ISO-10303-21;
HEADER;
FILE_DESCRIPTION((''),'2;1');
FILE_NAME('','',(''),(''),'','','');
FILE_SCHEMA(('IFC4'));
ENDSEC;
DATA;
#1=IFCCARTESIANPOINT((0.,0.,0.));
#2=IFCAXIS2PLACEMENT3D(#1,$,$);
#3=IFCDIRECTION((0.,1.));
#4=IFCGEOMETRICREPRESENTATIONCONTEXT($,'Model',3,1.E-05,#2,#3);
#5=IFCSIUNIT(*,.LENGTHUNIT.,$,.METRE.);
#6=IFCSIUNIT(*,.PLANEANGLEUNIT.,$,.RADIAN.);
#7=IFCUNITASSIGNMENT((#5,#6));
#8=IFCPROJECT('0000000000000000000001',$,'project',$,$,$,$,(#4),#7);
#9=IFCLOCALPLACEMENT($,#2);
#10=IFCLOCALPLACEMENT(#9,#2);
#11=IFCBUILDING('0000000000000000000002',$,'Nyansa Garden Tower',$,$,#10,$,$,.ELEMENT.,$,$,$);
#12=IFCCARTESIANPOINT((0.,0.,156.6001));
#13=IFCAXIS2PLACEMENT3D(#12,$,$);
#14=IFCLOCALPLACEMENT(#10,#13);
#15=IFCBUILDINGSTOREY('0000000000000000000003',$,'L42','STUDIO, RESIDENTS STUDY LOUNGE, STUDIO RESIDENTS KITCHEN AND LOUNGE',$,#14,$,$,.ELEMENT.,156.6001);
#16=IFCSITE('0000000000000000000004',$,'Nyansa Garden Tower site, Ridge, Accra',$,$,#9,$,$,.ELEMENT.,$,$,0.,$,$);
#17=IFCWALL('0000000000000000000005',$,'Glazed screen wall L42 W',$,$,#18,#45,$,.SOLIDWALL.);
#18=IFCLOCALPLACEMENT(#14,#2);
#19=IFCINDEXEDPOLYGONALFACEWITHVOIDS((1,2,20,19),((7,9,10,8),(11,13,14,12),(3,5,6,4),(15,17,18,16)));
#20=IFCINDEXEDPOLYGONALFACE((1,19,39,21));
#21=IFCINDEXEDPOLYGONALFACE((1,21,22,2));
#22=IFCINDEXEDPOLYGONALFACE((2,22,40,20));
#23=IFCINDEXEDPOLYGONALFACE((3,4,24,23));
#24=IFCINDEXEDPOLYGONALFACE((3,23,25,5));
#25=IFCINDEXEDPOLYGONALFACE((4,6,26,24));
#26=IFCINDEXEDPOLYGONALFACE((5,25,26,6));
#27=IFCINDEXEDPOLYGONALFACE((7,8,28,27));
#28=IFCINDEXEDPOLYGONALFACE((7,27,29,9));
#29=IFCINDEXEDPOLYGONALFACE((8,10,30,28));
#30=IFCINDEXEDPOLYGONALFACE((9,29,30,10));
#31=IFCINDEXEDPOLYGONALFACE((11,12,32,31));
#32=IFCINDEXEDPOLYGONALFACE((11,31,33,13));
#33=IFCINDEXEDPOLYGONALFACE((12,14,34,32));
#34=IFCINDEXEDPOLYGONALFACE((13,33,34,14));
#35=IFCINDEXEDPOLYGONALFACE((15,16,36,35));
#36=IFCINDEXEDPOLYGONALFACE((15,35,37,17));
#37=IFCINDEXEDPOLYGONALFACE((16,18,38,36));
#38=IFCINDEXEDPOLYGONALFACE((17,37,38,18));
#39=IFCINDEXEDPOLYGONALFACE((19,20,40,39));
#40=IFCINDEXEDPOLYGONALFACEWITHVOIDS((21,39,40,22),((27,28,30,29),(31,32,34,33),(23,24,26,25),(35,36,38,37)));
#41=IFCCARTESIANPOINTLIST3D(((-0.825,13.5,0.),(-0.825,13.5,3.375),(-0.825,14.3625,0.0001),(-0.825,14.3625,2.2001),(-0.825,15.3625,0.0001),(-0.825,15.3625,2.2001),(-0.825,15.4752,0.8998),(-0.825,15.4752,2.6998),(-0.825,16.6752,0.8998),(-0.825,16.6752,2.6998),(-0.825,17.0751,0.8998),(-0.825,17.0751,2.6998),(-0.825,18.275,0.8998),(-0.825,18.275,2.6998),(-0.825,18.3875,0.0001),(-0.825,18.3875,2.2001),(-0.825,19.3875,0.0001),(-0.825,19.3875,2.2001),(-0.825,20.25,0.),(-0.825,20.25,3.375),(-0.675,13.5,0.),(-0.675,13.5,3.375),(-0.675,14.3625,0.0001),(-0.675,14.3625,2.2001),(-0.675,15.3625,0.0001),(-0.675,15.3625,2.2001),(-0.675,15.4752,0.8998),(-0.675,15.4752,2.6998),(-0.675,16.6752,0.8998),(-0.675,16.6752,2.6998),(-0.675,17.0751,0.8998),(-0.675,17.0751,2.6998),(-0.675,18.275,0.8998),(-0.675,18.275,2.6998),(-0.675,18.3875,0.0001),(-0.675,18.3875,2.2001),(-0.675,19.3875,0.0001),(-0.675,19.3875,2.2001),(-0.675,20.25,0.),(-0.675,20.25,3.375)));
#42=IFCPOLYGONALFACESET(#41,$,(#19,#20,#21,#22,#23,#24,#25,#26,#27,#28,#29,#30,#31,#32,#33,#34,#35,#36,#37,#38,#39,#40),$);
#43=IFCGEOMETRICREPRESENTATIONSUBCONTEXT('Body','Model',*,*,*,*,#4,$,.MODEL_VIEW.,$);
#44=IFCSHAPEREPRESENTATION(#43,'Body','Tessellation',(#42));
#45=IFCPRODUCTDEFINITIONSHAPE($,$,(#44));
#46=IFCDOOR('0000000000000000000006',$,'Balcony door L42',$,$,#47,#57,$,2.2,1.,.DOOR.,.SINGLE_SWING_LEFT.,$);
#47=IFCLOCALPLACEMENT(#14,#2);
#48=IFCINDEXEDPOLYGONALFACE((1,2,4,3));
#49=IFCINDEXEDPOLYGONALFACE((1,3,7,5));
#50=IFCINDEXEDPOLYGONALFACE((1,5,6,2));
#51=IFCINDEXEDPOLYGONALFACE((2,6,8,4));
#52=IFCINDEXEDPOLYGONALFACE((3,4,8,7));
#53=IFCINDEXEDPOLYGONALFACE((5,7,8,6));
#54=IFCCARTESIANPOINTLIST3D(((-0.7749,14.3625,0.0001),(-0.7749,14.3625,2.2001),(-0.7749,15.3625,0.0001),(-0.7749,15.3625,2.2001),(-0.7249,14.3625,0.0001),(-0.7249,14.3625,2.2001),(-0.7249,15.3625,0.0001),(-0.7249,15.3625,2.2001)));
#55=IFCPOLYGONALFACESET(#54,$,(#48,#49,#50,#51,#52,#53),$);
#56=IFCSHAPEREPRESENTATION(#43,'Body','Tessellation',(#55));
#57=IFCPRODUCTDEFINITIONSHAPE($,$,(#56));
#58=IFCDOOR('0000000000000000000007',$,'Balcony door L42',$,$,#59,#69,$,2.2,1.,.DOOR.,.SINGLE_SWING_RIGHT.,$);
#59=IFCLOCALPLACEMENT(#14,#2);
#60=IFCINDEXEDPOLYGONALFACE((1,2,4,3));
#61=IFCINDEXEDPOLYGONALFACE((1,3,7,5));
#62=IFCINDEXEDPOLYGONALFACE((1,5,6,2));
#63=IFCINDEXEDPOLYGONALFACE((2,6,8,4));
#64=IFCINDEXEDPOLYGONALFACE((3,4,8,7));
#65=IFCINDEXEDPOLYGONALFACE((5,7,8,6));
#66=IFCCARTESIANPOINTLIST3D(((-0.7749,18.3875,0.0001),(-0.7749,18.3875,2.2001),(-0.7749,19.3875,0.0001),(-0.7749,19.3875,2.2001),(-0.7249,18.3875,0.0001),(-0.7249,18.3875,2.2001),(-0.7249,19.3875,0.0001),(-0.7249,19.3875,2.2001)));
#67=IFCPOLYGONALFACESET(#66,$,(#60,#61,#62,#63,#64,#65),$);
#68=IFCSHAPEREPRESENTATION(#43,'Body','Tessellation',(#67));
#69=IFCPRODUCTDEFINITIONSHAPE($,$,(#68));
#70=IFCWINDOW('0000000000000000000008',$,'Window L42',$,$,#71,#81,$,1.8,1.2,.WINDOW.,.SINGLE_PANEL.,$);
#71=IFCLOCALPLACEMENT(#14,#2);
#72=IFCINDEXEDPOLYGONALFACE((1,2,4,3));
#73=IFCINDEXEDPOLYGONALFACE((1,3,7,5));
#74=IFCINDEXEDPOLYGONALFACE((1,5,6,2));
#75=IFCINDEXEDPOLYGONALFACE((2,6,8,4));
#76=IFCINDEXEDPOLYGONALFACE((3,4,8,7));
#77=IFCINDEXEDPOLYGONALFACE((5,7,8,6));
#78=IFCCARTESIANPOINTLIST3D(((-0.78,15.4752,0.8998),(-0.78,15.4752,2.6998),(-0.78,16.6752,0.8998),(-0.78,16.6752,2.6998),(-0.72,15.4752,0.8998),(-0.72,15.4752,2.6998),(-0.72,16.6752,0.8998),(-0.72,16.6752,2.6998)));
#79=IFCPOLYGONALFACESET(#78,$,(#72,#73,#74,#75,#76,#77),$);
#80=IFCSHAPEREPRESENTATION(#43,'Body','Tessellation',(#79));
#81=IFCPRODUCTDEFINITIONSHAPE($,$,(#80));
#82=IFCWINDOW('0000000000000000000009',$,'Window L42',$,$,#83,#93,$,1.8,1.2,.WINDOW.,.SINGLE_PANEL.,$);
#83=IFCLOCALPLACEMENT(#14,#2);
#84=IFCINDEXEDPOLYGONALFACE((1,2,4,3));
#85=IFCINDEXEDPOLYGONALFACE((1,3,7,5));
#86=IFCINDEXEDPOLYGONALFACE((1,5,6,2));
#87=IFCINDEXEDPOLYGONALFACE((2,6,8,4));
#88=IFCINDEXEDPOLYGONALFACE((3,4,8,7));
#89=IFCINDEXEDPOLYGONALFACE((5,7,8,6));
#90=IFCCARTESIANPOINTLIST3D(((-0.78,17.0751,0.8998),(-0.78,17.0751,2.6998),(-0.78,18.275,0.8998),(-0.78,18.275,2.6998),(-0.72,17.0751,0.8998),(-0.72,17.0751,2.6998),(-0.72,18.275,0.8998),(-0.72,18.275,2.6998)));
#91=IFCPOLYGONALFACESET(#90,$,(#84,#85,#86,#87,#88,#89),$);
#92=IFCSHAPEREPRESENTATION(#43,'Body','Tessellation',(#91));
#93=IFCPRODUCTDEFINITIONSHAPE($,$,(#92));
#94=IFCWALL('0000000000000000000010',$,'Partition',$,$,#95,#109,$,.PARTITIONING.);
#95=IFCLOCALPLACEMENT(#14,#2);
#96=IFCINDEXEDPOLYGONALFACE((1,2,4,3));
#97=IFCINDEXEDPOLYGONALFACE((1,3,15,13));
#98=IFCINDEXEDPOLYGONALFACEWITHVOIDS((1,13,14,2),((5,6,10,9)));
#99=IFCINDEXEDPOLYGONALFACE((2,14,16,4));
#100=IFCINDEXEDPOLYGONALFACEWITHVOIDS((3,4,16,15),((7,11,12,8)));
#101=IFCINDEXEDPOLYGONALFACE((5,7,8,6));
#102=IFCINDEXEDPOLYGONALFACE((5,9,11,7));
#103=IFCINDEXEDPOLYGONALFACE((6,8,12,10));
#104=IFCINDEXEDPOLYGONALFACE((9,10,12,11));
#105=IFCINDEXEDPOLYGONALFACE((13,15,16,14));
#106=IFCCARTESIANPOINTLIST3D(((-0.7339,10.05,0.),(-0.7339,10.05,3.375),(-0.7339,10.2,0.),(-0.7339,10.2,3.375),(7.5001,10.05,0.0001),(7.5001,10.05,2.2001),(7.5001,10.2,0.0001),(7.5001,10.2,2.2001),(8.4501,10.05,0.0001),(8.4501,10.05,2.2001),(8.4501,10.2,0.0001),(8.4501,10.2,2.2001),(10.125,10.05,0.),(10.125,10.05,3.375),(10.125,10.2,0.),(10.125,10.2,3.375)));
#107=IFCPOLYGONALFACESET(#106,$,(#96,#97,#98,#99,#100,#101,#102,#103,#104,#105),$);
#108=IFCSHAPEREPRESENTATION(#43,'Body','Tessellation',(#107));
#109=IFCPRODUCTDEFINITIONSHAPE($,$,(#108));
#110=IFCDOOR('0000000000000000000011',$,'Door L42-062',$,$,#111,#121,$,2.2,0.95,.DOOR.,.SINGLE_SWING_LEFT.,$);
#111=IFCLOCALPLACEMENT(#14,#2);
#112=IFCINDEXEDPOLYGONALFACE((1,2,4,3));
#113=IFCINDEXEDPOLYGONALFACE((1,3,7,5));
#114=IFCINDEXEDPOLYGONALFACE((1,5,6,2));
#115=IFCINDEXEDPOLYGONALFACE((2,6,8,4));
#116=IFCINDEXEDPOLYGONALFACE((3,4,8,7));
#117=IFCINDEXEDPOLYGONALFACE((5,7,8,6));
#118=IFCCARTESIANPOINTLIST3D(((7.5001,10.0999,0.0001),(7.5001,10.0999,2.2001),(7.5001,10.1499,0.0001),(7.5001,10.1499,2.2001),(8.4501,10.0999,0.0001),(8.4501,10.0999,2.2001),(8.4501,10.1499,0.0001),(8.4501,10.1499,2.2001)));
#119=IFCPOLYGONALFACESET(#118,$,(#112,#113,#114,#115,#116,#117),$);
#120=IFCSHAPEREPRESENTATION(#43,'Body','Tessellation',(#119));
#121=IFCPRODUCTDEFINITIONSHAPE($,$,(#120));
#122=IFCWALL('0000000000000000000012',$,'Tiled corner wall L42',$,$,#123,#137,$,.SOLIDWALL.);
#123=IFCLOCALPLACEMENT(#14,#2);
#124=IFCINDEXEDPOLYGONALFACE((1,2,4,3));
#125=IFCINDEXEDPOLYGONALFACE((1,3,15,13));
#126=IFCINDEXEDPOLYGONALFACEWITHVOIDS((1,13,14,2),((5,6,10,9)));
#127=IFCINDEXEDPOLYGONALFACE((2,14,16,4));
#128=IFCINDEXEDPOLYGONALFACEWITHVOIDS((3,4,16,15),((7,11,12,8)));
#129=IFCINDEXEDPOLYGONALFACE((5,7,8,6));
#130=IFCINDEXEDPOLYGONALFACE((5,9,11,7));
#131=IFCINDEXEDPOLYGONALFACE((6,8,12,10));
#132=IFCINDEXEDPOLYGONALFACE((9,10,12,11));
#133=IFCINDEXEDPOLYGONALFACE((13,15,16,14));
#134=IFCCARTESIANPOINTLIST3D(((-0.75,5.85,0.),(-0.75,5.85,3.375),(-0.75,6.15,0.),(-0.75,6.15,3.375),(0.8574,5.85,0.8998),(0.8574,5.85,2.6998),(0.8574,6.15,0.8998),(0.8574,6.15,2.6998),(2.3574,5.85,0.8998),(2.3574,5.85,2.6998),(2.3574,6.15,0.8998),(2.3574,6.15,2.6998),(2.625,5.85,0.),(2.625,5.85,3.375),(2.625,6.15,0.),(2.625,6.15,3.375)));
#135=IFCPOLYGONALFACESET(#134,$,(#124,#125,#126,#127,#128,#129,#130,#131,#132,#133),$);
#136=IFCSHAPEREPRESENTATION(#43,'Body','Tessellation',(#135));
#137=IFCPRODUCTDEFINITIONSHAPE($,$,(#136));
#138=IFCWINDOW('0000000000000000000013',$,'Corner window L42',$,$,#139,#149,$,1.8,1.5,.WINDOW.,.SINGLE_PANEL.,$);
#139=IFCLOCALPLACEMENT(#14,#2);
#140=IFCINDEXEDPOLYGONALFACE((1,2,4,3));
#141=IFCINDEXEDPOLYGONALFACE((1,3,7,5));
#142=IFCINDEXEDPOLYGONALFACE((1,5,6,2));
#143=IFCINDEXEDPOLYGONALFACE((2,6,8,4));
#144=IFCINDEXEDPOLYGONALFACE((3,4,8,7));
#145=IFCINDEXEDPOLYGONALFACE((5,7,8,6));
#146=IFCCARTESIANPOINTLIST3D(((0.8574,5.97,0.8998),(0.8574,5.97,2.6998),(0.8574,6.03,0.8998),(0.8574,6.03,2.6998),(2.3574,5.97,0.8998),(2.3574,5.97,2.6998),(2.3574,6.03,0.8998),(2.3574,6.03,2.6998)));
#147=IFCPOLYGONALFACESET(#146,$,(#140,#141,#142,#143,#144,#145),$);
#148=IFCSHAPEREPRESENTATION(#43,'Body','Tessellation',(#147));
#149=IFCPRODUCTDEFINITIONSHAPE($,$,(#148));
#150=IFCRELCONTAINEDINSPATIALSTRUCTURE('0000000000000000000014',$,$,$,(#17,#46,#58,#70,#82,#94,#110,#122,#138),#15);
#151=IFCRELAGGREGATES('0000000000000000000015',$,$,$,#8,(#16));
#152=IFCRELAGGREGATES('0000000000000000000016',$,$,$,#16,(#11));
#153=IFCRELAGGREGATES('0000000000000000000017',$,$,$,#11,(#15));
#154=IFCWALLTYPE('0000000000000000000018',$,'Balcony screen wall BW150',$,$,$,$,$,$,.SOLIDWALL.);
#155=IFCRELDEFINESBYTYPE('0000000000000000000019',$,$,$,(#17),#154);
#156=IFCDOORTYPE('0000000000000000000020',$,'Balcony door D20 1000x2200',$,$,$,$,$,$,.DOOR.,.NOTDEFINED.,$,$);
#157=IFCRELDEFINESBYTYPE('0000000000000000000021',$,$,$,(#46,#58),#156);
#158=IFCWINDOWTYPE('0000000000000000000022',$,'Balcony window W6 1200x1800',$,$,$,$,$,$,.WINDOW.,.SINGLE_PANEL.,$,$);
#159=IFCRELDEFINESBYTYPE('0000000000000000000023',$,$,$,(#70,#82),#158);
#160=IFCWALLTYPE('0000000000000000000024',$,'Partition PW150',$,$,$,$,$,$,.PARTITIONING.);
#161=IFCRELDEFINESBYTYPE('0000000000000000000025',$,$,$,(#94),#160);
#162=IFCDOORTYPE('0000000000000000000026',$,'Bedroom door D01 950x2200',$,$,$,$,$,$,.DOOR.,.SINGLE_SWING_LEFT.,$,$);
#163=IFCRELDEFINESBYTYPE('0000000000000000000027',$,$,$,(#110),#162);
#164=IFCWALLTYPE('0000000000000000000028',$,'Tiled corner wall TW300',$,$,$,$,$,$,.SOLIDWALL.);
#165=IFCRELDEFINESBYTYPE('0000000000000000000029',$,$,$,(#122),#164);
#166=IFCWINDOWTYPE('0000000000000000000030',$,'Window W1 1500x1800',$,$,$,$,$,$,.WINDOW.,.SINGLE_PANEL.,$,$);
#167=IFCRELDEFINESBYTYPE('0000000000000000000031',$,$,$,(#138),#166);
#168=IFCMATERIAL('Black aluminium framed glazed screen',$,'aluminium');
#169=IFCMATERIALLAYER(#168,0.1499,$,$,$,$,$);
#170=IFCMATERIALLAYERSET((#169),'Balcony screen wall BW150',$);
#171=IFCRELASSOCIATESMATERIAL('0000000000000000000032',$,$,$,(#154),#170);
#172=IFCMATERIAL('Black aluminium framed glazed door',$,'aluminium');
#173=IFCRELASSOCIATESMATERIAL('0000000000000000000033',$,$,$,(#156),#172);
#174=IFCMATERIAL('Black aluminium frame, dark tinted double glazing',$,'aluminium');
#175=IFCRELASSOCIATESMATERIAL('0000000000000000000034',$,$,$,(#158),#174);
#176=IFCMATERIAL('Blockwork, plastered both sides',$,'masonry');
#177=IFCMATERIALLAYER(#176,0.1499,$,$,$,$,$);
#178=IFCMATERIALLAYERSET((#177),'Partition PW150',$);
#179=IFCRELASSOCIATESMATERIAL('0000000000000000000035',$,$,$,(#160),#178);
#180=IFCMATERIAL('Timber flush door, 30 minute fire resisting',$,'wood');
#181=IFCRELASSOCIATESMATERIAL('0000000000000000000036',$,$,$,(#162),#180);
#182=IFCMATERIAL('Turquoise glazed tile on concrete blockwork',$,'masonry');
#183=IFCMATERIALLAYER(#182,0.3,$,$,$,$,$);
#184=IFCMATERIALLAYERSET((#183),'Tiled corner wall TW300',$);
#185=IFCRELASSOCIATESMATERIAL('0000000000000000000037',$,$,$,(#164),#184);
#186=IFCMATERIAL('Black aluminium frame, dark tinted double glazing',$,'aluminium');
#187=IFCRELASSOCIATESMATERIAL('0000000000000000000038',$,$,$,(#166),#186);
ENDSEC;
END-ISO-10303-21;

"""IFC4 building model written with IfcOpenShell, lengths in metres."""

from ifc_helpers import new_model, si_unit, direction, frame, frame_2d, origin, place, context, subcontext, project, spatial, rectangle, extrude, material, layer, layer_set, type_object, element, fill, save


model = new_model("IFC4")

# Units and contexts
model_context = context("Model", 3, precision=1e-05, world=origin(), true_north=direction((0.0, 1.0)))
body_context = subcontext(model_context, "Body", "Model", "MODEL_VIEW")
ifc_project = project(units=[si_unit("LENGTHUNIT", "METRE"), si_unit("PLANEANGLEUNIT", "RADIAN")], contexts=[model_context])

# Site, building, storey
site_placement = place(None, origin())
site = spatial("IfcSite", under=ifc_project, at=site_placement, Name="Nyansa Garden Tower site, Ridge, Accra", CompositionType="ELEMENT", RefElevation=0.0)
building_placement = place(site_placement, origin())
building = spatial("IfcBuilding", under=site, at=building_placement, Name="Nyansa Garden Tower", CompositionType="ELEMENT")
storey_placement = place(building_placement, frame((0.0, 0.0, 156.6001)))
storey = spatial("IfcBuildingStorey", under=building, at=storey_placement, Name="L42", Description="STUDIO, RESIDENTS STUDY LOUNGE, STUDIO RESIDENTS KITCHEN AND LOUNGE", CompositionType="ELEMENT", Elevation=156.6001)

# Wall, openings, doors, windows
ifc_material_1 = material(Name="Black aluminium framed glazed screen", Category="aluminium")
ifc_layer_1 = layer(ifc_material_1, 0.1499)
ifc_layer_set_1 = layer_set([ifc_layer_1], Name="Balcony screen wall BW150")
wall_type_1 = type_object("IfcWallType", Name="Balcony screen wall BW150", PredefinedType="SOLIDWALL", material=ifc_layer_set_1)
wall_1_placement = place(storey_placement, frame((-0.75, 13.5, 0.0), z_axis=(0.0, 0.0, 1.0), x_axis=(0.0, 1.0, 0.0)))
wall_1 = element("IfcWall", 1, at=wall_1_placement, inside=storey, type_object=wall_type_1, Name="Glazed screen wall L42 W", PredefinedType="SOLIDWALL", context=body_context, shape_type="SweptSolid", body=[
    extrude(rectangle(XDim=6.75, YDim=0.1499, at=frame_2d((3.375, 0.0))), origin(), (0.0, 0.0, 1.0), 3.375),
])
opening_1_placement = place(wall_1_placement, frame((0.8625, 0.0, 0.0)))
opening_1 = element("IfcOpeningElement", 2, at=opening_1_placement, cuts=wall_1, PredefinedType="OPENING", context=body_context, shape_type="SweptSolid", body=[
    extrude(rectangle(XDim=1.0, YDim=2.2, at=frame_2d((0.5, 1.1001))), frame((0.0, 0.085, 0.0), z_axis=(0.0, -1.0, 0.0), x_axis=(1.0, 0.0, 0.0)), (0.0, 0.0, 1.0), 0.1699),
])
opening_2_placement = place(wall_1_placement, frame((1.9751, 0.0, 0.8999)))
opening_2 = element("IfcOpeningElement", 3, at=opening_2_placement, cuts=wall_1, PredefinedType="OPENING", context=body_context, shape_type="SweptSolid", body=[
    extrude(rectangle(XDim=1.2, YDim=1.8, at=frame_2d((0.6001, 0.8999))), frame((0.0, 0.085, 0.0), z_axis=(0.0, -1.0, 0.0), x_axis=(1.0, 0.0, 0.0)), (0.0, 0.0, 1.0), 0.1699),
])
opening_3_placement = place(wall_1_placement, frame((4.8875, 0.0, 0.0)))
opening_3 = element("IfcOpeningElement", 4, at=opening_3_placement, cuts=wall_1, PredefinedType="OPENING", context=body_context, shape_type="SweptSolid", body=[
    extrude(rectangle(XDim=1.0, YDim=2.2, at=frame_2d((0.5, 1.1001))), frame((0.0, 0.085, 0.0), z_axis=(0.0, -1.0, 0.0), x_axis=(1.0, 0.0, 0.0)), (0.0, 0.0, 1.0), 0.1699),
])
opening_4_placement = place(wall_1_placement, frame((3.575, 0.0, 0.8999)))
opening_4 = element("IfcOpeningElement", 5, at=opening_4_placement, cuts=wall_1, PredefinedType="OPENING", context=body_context, shape_type="SweptSolid", body=[
    extrude(rectangle(XDim=1.2, YDim=1.8, at=frame_2d((0.6001, 0.8999))), frame((0.0, 0.085, 0.0), z_axis=(0.0, -1.0, 0.0), x_axis=(1.0, 0.0, 0.0)), (0.0, 0.0, 1.0), 0.1699),
])
ifc_material_2 = material(Name="Black aluminium framed glazed door", Category="aluminium")
door_type_1 = type_object("IfcDoorType", Name="Balcony door D20 1000x2200", OperationType="NOTDEFINED", PredefinedType="DOOR", material=ifc_material_2)
door_1_placement = place(opening_1_placement, origin())
door_1 = element("IfcDoor", 6, at=door_1_placement, inside=storey, type_object=door_type_1, Name="Balcony door L42", OperationType="SINGLE_SWING_LEFT", OverallHeight=2.2, OverallWidth=1.0, PredefinedType="DOOR", context=body_context, shape_type="SweptSolid", body=[
    extrude(rectangle(XDim=1.0, YDim=2.2, at=frame_2d((0.5, 1.1001))), frame((0.0, 0.0249, 0.0), z_axis=(0.0, -1.0, 0.0), x_axis=(1.0, 0.0, 0.0)), (0.0, 0.0, 1.0), 0.05),
])
fill(opening_1, door_1)
door_2_placement = place(opening_3_placement, origin())
door_2 = element("IfcDoor", 7, at=door_2_placement, inside=storey, type_object=door_type_1, Name="Balcony door L42", OperationType="SINGLE_SWING_RIGHT", OverallHeight=2.2, OverallWidth=1.0, PredefinedType="DOOR", context=body_context, shape_type="SweptSolid", body=[
    extrude(rectangle(XDim=1.0, YDim=2.2, at=frame_2d((0.5, 1.1001))), frame((0.0, 0.0249, 0.0), z_axis=(0.0, -1.0, 0.0), x_axis=(1.0, 0.0, 0.0)), (0.0, 0.0, 1.0), 0.05),
])
fill(opening_3, door_2)
ifc_material_3 = material(Name="Black aluminium frame, dark tinted double glazing", Category="aluminium")
window_type_1 = type_object("IfcWindowType", Name="Balcony window W6 1200x1800", PartitioningType="SINGLE_PANEL", PredefinedType="WINDOW", material=ifc_material_3)
window_1_placement = place(opening_2_placement, origin())
window_1 = element("IfcWindow", 8, at=window_1_placement, inside=storey, type_object=window_type_1, Name="Window L42", OverallHeight=1.8, OverallWidth=1.2, PartitioningType="SINGLE_PANEL", PredefinedType="WINDOW", context=body_context, shape_type="SweptSolid", body=[
    extrude(rectangle(XDim=1.2, YDim=1.8, at=frame_2d((0.6001, 0.8999))), frame((0.0, 0.03, 0.0), z_axis=(0.0, -1.0, 0.0), x_axis=(1.0, 0.0, 0.0)), (0.0, 0.0, 1.0), 0.0601),
])
fill(opening_2, window_1)
window_2_placement = place(opening_4_placement, origin())
window_2 = element("IfcWindow", 9, at=window_2_placement, inside=storey, type_object=window_type_1, Name="Window L42", OverallHeight=1.8, OverallWidth=1.2, PartitioningType="SINGLE_PANEL", PredefinedType="WINDOW", context=body_context, shape_type="SweptSolid", body=[
    extrude(rectangle(XDim=1.2, YDim=1.8, at=frame_2d((0.6001, 0.8999))), frame((0.0, 0.03, 0.0), z_axis=(0.0, -1.0, 0.0), x_axis=(1.0, 0.0, 0.0)), (0.0, 0.0, 1.0), 0.0601),
])
fill(opening_4, window_2)

# Wall, opening, door
ifc_material_4 = material(Name="Blockwork, plastered both sides", Category="masonry")
ifc_layer_2 = layer(ifc_material_4, 0.1499)
ifc_layer_set_2 = layer_set([ifc_layer_2], Name="Partition PW150")
wall_type_2 = type_object("IfcWallType", Name="Partition PW150", PredefinedType="PARTITIONING", material=ifc_layer_set_2)
wall_2_placement = place(storey_placement, frame((-0.7339, 10.125, 0.0), z_axis=(0.0, 0.0, 1.0), x_axis=(1.0, 0.0, 0.0)))
wall_2 = element("IfcWall", 10, at=wall_2_placement, inside=storey, type_object=wall_type_2, Name="Partition", PredefinedType="PARTITIONING", context=body_context, shape_type="SweptSolid", body=[
    extrude(rectangle(XDim=10.8589, YDim=0.1499, at=frame_2d((5.4294, 0.0))), origin(), (0.0, 0.0, 1.0), 3.375),
])
opening_5_placement = place(wall_2_placement, frame((8.2339, 0.0, 0.0)))
opening_5 = element("IfcOpeningElement", 11, at=opening_5_placement, cuts=wall_2, PredefinedType="OPENING", context=body_context, shape_type="SweptSolid", body=[
    extrude(rectangle(XDim=0.95, YDim=2.2, at=frame_2d((0.4751, 1.1001))), frame((0.0, 0.085, 0.0), z_axis=(0.0, -1.0, 0.0), x_axis=(1.0, 0.0, 0.0)), (0.0, 0.0, 1.0), 0.1699),
])
ifc_material_5 = material(Name="Timber flush door, 30 minute fire resisting", Category="wood")
door_type_2 = type_object("IfcDoorType", Name="Bedroom door D01 950x2200", OperationType="SINGLE_SWING_LEFT", PredefinedType="DOOR", material=ifc_material_5)
door_3_placement = place(opening_5_placement, origin())
door_3 = element("IfcDoor", 12, at=door_3_placement, inside=storey, type_object=door_type_2, Name="Door L42-062", OperationType="SINGLE_SWING_LEFT", OverallHeight=2.2, OverallWidth=0.95, PredefinedType="DOOR", context=body_context, shape_type="SweptSolid", body=[
    extrude(rectangle(XDim=0.95, YDim=2.2, at=frame_2d((0.4751, 1.1001))), frame((0.0, 0.0249, 0.0), z_axis=(0.0, -1.0, 0.0), x_axis=(1.0, 0.0, 0.0)), (0.0, 0.0, 1.0), 0.05),
])
fill(opening_5, door_3)

# Wall, opening, window
ifc_material_6 = material(Name="Turquoise glazed tile on concrete blockwork", Category="masonry")
ifc_layer_3 = layer(ifc_material_6, 0.3)
ifc_layer_set_3 = layer_set([ifc_layer_3], Name="Tiled corner wall TW300")
wall_type_3 = type_object("IfcWallType", Name="Tiled corner wall TW300", PredefinedType="SOLIDWALL", material=ifc_layer_set_3)
wall_3_placement = place(storey_placement, frame((-0.75, 6.0, 0.0), z_axis=(0.0, 0.0, 1.0), x_axis=(1.0, 0.0, 0.0)))
wall_3 = element("IfcWall", 13, at=wall_3_placement, inside=storey, type_object=wall_type_3, Name="Tiled corner wall L42", PredefinedType="SOLIDWALL", context=body_context, shape_type="SweptSolid", body=[
    extrude(rectangle(XDim=3.375, YDim=0.3, at=frame_2d((1.6875, 0.0))), origin(), (0.0, 0.0, 1.0), 3.375),
])
opening_6_placement = place(wall_3_placement, frame((1.6074, 0.0, 0.8999)))
opening_6 = element("IfcOpeningElement", 14, at=opening_6_placement, cuts=wall_3, PredefinedType="OPENING", context=body_context, shape_type="SweptSolid", body=[
    extrude(rectangle(XDim=1.5, YDim=1.8, at=frame_2d((0.75, 0.8999))), frame((0.0, 0.1599, 0.0), z_axis=(0.0, -1.0, 0.0), x_axis=(1.0, 0.0, 0.0)), (0.0, 0.0, 1.0), 0.3201),
])
ifc_material_7 = material(Name="Black aluminium frame, dark tinted double glazing", Category="aluminium")
window_type_2 = type_object("IfcWindowType", Name="Window W1 1500x1800", PartitioningType="SINGLE_PANEL", PredefinedType="WINDOW", material=ifc_material_7)
window_3_placement = place(opening_6_placement, origin())
window_3 = element("IfcWindow", 15, at=window_3_placement, inside=storey, type_object=window_type_2, Name="Corner window L42", OverallHeight=1.8, OverallWidth=1.5, PartitioningType="SINGLE_PANEL", PredefinedType="WINDOW", context=body_context, shape_type="SweptSolid", body=[
    extrude(rectangle(XDim=1.5, YDim=1.8, at=frame_2d((0.75, 0.8999))), frame((0.0, 0.03, 0.0), z_axis=(0.0, -1.0, 0.0), x_axis=(1.0, 0.0, 0.0)), (0.0, 0.0, 1.0), 0.0601),
])
fill(opening_6, window_3)

save(model, "model.ifc")
